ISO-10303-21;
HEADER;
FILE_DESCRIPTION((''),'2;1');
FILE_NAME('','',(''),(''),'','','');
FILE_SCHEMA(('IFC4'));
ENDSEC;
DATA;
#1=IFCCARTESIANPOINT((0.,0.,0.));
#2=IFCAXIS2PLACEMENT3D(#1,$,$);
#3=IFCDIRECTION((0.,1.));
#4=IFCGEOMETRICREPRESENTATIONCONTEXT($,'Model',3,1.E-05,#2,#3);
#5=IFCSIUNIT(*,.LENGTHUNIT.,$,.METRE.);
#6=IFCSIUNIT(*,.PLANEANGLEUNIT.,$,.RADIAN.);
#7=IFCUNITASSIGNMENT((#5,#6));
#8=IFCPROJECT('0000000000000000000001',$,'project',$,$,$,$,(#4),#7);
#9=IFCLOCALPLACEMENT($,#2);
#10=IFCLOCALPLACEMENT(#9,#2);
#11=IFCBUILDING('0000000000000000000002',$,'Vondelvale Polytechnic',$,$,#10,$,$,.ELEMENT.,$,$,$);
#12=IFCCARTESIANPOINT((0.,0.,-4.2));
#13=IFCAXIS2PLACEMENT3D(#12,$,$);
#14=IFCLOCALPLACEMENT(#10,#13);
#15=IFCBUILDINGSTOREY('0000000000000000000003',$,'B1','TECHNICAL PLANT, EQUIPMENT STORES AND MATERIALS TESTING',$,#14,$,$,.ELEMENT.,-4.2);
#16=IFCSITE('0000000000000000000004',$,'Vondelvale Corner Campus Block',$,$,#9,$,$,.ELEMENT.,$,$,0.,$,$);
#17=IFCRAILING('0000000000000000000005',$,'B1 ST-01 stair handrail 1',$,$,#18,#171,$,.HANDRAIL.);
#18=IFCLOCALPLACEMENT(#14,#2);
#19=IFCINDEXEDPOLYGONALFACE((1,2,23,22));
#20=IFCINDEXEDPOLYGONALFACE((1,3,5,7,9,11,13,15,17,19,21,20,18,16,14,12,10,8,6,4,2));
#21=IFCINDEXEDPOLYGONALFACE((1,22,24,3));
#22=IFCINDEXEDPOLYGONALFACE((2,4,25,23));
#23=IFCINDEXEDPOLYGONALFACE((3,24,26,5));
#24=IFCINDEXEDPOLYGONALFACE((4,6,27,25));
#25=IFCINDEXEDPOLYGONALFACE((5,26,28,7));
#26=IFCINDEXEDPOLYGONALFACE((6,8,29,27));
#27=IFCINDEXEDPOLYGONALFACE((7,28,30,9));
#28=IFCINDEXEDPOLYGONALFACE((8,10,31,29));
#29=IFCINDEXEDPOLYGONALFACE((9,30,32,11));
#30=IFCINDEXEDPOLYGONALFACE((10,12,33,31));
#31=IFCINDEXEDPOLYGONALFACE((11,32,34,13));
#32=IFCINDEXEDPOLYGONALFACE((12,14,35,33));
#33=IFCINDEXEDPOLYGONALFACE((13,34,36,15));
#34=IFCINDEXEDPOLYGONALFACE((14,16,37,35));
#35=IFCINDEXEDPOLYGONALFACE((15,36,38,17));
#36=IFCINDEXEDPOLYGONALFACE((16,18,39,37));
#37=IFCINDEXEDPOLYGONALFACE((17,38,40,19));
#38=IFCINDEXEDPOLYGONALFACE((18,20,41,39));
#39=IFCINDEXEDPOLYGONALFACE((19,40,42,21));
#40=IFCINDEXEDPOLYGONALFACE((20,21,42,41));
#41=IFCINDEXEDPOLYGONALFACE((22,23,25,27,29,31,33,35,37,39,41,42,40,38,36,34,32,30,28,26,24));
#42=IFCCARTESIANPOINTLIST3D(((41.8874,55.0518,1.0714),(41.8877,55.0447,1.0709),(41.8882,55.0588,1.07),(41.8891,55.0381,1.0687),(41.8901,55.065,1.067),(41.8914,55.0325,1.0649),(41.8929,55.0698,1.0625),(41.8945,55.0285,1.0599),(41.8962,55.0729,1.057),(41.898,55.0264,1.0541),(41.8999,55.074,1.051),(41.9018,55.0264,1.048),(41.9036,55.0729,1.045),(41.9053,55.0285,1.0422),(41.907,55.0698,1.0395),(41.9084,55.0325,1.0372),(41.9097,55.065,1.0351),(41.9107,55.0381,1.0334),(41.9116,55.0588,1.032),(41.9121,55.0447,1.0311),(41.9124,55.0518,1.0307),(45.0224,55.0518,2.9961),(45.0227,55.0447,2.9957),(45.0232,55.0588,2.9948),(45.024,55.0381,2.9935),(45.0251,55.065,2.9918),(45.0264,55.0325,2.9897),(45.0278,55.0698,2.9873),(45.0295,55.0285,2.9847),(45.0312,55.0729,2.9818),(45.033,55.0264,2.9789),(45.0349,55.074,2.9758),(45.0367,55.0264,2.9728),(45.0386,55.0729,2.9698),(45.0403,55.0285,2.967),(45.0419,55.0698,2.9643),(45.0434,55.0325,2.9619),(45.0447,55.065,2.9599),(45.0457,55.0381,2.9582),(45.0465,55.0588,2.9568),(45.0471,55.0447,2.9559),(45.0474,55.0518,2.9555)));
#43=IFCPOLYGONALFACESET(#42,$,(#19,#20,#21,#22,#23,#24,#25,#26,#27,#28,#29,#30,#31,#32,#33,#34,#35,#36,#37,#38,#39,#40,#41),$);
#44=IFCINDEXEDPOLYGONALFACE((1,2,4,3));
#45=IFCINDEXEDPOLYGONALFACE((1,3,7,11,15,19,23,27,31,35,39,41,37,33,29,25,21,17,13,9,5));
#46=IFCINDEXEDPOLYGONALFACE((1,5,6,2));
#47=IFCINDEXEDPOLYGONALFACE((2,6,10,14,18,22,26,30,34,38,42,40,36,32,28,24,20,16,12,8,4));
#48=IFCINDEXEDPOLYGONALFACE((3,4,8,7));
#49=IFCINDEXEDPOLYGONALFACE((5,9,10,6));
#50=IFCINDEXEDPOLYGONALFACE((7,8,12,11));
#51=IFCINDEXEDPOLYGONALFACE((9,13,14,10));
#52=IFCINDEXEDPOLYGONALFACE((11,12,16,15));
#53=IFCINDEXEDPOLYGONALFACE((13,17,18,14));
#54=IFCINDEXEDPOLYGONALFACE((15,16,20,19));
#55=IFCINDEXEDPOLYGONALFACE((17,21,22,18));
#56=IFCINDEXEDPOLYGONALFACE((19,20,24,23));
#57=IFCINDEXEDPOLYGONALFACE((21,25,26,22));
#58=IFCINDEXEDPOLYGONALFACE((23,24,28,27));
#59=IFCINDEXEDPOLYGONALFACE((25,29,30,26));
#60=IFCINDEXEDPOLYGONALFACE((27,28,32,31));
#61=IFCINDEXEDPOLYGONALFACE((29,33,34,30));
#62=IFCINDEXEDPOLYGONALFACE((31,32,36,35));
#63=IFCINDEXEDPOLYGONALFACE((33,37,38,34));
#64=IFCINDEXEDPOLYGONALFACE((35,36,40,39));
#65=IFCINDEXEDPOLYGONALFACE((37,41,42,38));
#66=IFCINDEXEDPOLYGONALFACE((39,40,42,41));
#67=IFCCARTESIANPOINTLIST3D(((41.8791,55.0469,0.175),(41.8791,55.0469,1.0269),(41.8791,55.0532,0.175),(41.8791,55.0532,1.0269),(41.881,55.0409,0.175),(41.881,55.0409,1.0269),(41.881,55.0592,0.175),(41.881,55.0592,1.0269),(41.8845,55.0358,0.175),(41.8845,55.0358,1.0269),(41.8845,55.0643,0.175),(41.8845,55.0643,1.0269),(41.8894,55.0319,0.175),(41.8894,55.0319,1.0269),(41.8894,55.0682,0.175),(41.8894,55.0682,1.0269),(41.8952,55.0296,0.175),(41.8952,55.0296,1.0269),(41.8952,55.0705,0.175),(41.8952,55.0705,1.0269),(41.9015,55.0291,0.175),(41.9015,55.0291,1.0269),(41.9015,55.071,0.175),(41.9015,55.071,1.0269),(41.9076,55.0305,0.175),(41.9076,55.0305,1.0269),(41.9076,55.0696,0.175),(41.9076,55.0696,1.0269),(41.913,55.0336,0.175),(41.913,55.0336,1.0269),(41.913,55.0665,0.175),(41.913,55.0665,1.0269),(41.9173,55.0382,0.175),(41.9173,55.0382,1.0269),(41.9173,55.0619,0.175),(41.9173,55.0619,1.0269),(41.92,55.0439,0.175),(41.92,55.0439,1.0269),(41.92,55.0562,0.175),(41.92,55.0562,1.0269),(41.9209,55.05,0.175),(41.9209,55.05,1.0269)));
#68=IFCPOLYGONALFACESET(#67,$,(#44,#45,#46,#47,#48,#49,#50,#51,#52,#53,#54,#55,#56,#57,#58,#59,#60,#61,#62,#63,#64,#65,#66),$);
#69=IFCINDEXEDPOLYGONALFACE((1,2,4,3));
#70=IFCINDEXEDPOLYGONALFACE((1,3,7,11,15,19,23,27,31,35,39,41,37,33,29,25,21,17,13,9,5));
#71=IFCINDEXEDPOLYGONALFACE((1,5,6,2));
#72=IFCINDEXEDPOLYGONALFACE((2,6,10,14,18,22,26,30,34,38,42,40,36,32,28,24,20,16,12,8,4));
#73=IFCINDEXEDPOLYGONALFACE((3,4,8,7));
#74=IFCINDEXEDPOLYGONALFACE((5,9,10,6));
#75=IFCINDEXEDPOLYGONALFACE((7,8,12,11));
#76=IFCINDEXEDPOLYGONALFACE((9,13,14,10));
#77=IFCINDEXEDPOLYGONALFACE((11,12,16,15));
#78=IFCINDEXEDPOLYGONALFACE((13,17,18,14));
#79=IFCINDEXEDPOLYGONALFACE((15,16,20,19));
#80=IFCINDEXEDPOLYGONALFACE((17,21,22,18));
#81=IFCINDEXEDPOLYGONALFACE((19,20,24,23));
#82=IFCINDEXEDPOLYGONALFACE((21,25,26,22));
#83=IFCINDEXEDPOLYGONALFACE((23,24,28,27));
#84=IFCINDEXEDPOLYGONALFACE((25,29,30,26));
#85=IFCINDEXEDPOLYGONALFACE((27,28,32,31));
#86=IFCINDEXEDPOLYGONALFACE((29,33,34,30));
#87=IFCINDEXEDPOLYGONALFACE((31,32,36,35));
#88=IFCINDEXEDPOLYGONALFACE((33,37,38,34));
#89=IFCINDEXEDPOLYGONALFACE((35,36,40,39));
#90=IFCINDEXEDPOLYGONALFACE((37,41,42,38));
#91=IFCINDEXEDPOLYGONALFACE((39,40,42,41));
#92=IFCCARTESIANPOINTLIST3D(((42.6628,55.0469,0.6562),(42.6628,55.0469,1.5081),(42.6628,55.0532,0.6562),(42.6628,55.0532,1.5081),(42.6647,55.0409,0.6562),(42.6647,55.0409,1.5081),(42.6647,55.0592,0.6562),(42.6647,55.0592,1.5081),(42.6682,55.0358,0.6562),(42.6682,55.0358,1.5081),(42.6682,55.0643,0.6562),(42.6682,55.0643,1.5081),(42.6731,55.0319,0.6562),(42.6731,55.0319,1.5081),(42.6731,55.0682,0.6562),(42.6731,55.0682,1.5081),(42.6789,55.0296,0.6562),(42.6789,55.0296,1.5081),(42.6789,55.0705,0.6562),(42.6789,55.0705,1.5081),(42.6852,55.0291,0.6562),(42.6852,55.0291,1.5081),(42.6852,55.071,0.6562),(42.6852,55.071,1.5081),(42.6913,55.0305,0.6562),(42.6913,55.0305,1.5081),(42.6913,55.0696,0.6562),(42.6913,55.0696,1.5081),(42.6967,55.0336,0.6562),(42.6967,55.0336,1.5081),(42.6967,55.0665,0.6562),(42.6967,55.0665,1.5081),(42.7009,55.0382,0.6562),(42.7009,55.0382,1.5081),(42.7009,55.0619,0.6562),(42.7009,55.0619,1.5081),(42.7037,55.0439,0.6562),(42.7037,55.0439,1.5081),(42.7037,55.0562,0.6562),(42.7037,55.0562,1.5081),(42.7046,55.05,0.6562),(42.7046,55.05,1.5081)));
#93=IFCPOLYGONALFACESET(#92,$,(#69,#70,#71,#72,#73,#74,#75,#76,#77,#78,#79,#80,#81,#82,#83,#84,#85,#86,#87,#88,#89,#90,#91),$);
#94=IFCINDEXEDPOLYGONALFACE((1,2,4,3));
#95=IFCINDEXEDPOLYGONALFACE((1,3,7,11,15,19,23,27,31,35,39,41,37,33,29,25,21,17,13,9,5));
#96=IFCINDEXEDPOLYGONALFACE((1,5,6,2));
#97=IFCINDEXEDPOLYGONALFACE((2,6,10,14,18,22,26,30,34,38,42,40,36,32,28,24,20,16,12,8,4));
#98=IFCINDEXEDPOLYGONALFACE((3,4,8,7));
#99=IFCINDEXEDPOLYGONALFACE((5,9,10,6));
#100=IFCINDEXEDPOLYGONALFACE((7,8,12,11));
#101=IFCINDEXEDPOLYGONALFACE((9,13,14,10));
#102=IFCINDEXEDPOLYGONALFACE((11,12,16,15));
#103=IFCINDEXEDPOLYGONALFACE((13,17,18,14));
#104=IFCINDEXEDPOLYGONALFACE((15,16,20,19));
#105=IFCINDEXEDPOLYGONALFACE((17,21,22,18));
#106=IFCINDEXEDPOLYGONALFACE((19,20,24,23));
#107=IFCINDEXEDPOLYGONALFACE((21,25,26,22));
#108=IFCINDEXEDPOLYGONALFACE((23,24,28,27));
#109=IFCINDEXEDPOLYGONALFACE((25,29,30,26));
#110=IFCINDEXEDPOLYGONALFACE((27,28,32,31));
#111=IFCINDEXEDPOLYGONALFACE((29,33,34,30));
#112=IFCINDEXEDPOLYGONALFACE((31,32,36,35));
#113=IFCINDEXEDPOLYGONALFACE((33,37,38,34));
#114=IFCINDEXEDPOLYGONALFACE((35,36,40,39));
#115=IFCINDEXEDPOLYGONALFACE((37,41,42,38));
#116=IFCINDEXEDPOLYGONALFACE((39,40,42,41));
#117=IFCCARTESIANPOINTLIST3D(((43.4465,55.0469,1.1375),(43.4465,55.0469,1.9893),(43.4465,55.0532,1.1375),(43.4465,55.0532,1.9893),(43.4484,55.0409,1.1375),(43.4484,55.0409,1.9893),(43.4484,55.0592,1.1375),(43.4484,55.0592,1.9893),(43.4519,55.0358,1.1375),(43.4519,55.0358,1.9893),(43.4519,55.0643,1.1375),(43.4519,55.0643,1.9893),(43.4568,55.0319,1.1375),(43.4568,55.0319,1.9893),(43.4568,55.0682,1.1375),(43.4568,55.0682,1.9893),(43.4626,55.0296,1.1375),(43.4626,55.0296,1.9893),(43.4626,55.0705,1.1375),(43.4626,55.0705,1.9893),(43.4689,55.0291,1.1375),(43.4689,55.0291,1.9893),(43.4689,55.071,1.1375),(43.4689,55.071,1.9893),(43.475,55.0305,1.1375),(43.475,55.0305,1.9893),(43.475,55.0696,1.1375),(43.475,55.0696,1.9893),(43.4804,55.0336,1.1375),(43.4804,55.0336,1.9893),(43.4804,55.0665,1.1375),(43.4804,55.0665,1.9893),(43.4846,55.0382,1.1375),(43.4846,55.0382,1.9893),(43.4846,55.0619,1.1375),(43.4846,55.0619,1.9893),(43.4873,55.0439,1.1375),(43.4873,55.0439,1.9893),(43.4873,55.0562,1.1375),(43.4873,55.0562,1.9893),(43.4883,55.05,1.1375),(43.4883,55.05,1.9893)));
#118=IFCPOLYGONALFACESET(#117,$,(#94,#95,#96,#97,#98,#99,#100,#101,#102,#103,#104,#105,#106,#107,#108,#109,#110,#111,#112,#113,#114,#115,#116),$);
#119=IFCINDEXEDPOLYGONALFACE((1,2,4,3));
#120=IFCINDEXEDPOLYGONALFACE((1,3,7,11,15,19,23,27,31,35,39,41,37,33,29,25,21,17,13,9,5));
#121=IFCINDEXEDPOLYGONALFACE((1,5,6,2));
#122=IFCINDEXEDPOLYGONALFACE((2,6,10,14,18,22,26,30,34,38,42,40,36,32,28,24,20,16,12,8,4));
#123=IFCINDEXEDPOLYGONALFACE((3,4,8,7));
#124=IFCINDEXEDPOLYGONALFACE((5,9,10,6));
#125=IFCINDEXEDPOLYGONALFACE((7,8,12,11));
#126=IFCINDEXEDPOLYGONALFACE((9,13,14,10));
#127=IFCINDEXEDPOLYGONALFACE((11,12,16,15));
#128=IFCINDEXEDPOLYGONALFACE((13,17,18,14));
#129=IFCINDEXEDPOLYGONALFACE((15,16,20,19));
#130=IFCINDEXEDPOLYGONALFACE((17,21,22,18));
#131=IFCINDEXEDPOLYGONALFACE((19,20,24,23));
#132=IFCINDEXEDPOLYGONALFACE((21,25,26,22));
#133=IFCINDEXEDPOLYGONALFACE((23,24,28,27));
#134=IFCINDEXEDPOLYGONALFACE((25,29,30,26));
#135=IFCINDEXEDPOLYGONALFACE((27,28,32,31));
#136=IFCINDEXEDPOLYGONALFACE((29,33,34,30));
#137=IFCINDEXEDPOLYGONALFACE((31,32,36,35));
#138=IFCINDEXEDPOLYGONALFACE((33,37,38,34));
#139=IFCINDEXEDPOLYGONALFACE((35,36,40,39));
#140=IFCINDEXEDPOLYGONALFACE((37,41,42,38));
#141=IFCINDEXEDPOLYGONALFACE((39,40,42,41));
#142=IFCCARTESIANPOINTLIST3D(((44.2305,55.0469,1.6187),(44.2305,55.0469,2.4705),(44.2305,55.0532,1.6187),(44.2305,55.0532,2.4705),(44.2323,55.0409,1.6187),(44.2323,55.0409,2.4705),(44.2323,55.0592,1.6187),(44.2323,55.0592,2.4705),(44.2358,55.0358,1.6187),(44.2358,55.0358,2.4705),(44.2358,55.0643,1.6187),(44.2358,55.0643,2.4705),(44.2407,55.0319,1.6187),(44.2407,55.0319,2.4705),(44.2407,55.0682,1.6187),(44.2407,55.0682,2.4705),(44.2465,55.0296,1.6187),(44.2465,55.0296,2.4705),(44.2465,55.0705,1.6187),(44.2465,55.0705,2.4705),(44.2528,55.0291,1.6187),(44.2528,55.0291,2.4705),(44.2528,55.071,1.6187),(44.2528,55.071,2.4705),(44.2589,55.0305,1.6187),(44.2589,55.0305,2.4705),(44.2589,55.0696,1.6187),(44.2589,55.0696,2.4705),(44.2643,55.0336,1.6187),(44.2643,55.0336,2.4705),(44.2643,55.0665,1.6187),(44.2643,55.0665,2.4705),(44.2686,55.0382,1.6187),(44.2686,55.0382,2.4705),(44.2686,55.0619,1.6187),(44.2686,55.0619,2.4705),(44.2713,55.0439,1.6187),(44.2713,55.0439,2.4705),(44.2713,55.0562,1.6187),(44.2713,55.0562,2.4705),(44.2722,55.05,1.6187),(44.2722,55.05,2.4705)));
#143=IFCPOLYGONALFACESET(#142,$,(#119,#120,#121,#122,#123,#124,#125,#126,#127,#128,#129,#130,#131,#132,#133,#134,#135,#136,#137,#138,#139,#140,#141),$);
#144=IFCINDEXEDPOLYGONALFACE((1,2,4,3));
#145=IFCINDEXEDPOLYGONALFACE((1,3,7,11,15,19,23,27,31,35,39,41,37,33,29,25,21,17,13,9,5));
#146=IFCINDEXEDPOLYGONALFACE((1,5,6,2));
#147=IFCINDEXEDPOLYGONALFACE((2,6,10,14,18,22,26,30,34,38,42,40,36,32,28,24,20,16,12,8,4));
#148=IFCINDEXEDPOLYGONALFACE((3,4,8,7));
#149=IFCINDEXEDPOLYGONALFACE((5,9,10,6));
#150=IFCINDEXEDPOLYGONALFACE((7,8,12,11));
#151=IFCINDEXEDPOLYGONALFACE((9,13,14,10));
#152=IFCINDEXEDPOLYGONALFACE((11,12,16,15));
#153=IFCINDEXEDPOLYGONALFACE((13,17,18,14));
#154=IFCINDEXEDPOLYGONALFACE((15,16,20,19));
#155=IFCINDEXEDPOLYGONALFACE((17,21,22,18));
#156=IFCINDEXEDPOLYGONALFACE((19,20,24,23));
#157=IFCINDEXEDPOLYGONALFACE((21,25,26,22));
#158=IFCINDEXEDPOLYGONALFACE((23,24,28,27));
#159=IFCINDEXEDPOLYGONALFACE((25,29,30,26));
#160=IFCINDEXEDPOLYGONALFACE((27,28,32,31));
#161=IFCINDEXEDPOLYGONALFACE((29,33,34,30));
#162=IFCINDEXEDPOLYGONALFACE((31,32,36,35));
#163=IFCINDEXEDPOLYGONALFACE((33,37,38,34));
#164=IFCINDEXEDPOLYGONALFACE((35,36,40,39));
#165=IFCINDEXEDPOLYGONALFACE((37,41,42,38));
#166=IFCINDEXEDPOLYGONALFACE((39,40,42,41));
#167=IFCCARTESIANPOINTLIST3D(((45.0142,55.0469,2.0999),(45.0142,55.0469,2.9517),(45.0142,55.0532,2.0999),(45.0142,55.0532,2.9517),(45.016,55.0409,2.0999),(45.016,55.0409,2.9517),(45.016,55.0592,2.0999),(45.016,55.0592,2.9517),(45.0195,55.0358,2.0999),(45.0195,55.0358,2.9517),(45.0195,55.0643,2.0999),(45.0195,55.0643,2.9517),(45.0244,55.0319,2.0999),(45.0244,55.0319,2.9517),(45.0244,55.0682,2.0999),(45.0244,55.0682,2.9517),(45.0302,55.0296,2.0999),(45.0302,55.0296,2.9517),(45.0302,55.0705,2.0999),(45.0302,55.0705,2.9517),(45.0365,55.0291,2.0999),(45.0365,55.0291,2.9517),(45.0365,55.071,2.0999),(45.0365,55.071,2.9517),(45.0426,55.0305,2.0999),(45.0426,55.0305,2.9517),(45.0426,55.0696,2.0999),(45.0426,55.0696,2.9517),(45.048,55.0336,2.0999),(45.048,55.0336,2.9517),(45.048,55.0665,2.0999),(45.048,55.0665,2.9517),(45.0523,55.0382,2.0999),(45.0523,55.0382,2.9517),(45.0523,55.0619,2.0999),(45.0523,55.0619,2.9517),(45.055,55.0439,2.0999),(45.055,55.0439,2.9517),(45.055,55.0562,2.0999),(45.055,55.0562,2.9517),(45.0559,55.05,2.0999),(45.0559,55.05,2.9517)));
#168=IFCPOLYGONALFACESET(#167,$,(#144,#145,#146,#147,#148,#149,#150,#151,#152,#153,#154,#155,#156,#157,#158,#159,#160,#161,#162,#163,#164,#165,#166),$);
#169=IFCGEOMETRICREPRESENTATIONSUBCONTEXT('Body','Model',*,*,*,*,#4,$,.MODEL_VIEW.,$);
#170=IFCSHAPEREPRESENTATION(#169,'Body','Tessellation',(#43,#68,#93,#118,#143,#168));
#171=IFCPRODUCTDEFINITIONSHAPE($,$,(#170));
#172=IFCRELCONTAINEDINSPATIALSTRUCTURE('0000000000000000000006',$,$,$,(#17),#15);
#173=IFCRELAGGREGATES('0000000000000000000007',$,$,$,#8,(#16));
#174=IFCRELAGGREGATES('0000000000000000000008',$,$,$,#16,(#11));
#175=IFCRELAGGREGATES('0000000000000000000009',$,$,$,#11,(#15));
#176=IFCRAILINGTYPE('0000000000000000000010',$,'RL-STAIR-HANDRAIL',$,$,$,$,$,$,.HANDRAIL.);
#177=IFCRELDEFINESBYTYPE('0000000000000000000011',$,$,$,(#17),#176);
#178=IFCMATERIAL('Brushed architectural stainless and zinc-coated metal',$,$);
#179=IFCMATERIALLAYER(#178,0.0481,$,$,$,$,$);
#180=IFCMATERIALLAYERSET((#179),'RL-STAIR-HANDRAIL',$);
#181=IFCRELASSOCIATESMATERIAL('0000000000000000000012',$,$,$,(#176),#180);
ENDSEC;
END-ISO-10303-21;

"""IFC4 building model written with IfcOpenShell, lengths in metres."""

from ifc_helpers import new_model, si_unit, direction, frame, origin, origin_2d, place, context, subcontext, project, spatial, circle, extrude, material, layer, layer_set, type_object, element, save


model = new_model("IFC4")

# Units and contexts
model_context = context("Model", 3, precision=1e-05, world=origin(), true_north=direction((0.0, 1.0)))
body_context = subcontext(model_context, "Body", "Model", "MODEL_VIEW")
ifc_project = project(units=[si_unit("LENGTHUNIT", "METRE"), si_unit("PLANEANGLEUNIT", "RADIAN")], contexts=[model_context])

# Site, building, storey
site_placement = place(None, origin())
site = spatial("IfcSite", under=ifc_project, at=site_placement, Name="Vondelvale Corner Campus Block", CompositionType="ELEMENT", RefElevation=0.0)
building_placement = place(site_placement, origin())
building = spatial("IfcBuilding", under=site, at=building_placement, Name="Vondelvale Polytechnic", CompositionType="ELEMENT")
storey_placement = place(building_placement, frame((0.0, 0.0, -4.2)))
storey = spatial("IfcBuildingStorey", under=building, at=storey_placement, Name="B1", Description="TECHNICAL PLANT, EQUIPMENT STORES AND MATERIALS TESTING", CompositionType="ELEMENT", Elevation=-4.2)

# Shared definitions
ifc_material_1 = material(Name="Brushed architectural stainless and zinc-coated metal")

# Railing
ifc_layer_1 = layer(ifc_material_1, 0.0481)
ifc_layer_set_1 = layer_set([ifc_layer_1], Name="RL-STAIR-HANDRAIL")
railing_type_1 = type_object("IfcRailingType", Name="RL-STAIR-HANDRAIL", PredefinedType="HANDRAIL", material=ifc_layer_set_1)
railing_1_placement = place(storey_placement, frame((41.8999, 55.05, 0.175)))
element("IfcRailing", 1, at=railing_1_placement, inside=storey, type_object=railing_type_1, Name="B1 ST-01 stair handrail 1", PredefinedType="HANDRAIL", context=body_context, shape_type="SweptSolid", body=[
    extrude(circle(Radius=0.0239, at=origin_2d()), frame((0.0, 0.0, 0.876), z_axis=(0.852196, 0.0, 0.523223), x_axis=(0.0, 1.0, 0.0)), (0.0, 0.0, 1.0), 3.6787),
    extrude(circle(Radius=0.021, at=origin_2d()), origin(), (0.0, 0.0, 1.0), 0.8518),
    extrude(circle(Radius=0.021, at=origin_2d()), frame((0.7837, 0.0, 0.4812)), (0.0, 0.0, 1.0), 0.8518),
    extrude(circle(Radius=0.021, at=origin_2d()), frame((1.5674, 0.0, 0.9624)), (0.0, 0.0, 1.0), 0.8518),
    extrude(circle(Radius=0.021, at=origin_2d()), frame((2.3513, 0.0, 1.4436)), (0.0, 0.0, 1.0), 0.8518),
    extrude(circle(Radius=0.021, at=origin_2d()), frame((3.135, 0.0, 1.9248)), (0.0, 0.0, 1.0), 0.8518),
])

save(model, "model.ifc")
